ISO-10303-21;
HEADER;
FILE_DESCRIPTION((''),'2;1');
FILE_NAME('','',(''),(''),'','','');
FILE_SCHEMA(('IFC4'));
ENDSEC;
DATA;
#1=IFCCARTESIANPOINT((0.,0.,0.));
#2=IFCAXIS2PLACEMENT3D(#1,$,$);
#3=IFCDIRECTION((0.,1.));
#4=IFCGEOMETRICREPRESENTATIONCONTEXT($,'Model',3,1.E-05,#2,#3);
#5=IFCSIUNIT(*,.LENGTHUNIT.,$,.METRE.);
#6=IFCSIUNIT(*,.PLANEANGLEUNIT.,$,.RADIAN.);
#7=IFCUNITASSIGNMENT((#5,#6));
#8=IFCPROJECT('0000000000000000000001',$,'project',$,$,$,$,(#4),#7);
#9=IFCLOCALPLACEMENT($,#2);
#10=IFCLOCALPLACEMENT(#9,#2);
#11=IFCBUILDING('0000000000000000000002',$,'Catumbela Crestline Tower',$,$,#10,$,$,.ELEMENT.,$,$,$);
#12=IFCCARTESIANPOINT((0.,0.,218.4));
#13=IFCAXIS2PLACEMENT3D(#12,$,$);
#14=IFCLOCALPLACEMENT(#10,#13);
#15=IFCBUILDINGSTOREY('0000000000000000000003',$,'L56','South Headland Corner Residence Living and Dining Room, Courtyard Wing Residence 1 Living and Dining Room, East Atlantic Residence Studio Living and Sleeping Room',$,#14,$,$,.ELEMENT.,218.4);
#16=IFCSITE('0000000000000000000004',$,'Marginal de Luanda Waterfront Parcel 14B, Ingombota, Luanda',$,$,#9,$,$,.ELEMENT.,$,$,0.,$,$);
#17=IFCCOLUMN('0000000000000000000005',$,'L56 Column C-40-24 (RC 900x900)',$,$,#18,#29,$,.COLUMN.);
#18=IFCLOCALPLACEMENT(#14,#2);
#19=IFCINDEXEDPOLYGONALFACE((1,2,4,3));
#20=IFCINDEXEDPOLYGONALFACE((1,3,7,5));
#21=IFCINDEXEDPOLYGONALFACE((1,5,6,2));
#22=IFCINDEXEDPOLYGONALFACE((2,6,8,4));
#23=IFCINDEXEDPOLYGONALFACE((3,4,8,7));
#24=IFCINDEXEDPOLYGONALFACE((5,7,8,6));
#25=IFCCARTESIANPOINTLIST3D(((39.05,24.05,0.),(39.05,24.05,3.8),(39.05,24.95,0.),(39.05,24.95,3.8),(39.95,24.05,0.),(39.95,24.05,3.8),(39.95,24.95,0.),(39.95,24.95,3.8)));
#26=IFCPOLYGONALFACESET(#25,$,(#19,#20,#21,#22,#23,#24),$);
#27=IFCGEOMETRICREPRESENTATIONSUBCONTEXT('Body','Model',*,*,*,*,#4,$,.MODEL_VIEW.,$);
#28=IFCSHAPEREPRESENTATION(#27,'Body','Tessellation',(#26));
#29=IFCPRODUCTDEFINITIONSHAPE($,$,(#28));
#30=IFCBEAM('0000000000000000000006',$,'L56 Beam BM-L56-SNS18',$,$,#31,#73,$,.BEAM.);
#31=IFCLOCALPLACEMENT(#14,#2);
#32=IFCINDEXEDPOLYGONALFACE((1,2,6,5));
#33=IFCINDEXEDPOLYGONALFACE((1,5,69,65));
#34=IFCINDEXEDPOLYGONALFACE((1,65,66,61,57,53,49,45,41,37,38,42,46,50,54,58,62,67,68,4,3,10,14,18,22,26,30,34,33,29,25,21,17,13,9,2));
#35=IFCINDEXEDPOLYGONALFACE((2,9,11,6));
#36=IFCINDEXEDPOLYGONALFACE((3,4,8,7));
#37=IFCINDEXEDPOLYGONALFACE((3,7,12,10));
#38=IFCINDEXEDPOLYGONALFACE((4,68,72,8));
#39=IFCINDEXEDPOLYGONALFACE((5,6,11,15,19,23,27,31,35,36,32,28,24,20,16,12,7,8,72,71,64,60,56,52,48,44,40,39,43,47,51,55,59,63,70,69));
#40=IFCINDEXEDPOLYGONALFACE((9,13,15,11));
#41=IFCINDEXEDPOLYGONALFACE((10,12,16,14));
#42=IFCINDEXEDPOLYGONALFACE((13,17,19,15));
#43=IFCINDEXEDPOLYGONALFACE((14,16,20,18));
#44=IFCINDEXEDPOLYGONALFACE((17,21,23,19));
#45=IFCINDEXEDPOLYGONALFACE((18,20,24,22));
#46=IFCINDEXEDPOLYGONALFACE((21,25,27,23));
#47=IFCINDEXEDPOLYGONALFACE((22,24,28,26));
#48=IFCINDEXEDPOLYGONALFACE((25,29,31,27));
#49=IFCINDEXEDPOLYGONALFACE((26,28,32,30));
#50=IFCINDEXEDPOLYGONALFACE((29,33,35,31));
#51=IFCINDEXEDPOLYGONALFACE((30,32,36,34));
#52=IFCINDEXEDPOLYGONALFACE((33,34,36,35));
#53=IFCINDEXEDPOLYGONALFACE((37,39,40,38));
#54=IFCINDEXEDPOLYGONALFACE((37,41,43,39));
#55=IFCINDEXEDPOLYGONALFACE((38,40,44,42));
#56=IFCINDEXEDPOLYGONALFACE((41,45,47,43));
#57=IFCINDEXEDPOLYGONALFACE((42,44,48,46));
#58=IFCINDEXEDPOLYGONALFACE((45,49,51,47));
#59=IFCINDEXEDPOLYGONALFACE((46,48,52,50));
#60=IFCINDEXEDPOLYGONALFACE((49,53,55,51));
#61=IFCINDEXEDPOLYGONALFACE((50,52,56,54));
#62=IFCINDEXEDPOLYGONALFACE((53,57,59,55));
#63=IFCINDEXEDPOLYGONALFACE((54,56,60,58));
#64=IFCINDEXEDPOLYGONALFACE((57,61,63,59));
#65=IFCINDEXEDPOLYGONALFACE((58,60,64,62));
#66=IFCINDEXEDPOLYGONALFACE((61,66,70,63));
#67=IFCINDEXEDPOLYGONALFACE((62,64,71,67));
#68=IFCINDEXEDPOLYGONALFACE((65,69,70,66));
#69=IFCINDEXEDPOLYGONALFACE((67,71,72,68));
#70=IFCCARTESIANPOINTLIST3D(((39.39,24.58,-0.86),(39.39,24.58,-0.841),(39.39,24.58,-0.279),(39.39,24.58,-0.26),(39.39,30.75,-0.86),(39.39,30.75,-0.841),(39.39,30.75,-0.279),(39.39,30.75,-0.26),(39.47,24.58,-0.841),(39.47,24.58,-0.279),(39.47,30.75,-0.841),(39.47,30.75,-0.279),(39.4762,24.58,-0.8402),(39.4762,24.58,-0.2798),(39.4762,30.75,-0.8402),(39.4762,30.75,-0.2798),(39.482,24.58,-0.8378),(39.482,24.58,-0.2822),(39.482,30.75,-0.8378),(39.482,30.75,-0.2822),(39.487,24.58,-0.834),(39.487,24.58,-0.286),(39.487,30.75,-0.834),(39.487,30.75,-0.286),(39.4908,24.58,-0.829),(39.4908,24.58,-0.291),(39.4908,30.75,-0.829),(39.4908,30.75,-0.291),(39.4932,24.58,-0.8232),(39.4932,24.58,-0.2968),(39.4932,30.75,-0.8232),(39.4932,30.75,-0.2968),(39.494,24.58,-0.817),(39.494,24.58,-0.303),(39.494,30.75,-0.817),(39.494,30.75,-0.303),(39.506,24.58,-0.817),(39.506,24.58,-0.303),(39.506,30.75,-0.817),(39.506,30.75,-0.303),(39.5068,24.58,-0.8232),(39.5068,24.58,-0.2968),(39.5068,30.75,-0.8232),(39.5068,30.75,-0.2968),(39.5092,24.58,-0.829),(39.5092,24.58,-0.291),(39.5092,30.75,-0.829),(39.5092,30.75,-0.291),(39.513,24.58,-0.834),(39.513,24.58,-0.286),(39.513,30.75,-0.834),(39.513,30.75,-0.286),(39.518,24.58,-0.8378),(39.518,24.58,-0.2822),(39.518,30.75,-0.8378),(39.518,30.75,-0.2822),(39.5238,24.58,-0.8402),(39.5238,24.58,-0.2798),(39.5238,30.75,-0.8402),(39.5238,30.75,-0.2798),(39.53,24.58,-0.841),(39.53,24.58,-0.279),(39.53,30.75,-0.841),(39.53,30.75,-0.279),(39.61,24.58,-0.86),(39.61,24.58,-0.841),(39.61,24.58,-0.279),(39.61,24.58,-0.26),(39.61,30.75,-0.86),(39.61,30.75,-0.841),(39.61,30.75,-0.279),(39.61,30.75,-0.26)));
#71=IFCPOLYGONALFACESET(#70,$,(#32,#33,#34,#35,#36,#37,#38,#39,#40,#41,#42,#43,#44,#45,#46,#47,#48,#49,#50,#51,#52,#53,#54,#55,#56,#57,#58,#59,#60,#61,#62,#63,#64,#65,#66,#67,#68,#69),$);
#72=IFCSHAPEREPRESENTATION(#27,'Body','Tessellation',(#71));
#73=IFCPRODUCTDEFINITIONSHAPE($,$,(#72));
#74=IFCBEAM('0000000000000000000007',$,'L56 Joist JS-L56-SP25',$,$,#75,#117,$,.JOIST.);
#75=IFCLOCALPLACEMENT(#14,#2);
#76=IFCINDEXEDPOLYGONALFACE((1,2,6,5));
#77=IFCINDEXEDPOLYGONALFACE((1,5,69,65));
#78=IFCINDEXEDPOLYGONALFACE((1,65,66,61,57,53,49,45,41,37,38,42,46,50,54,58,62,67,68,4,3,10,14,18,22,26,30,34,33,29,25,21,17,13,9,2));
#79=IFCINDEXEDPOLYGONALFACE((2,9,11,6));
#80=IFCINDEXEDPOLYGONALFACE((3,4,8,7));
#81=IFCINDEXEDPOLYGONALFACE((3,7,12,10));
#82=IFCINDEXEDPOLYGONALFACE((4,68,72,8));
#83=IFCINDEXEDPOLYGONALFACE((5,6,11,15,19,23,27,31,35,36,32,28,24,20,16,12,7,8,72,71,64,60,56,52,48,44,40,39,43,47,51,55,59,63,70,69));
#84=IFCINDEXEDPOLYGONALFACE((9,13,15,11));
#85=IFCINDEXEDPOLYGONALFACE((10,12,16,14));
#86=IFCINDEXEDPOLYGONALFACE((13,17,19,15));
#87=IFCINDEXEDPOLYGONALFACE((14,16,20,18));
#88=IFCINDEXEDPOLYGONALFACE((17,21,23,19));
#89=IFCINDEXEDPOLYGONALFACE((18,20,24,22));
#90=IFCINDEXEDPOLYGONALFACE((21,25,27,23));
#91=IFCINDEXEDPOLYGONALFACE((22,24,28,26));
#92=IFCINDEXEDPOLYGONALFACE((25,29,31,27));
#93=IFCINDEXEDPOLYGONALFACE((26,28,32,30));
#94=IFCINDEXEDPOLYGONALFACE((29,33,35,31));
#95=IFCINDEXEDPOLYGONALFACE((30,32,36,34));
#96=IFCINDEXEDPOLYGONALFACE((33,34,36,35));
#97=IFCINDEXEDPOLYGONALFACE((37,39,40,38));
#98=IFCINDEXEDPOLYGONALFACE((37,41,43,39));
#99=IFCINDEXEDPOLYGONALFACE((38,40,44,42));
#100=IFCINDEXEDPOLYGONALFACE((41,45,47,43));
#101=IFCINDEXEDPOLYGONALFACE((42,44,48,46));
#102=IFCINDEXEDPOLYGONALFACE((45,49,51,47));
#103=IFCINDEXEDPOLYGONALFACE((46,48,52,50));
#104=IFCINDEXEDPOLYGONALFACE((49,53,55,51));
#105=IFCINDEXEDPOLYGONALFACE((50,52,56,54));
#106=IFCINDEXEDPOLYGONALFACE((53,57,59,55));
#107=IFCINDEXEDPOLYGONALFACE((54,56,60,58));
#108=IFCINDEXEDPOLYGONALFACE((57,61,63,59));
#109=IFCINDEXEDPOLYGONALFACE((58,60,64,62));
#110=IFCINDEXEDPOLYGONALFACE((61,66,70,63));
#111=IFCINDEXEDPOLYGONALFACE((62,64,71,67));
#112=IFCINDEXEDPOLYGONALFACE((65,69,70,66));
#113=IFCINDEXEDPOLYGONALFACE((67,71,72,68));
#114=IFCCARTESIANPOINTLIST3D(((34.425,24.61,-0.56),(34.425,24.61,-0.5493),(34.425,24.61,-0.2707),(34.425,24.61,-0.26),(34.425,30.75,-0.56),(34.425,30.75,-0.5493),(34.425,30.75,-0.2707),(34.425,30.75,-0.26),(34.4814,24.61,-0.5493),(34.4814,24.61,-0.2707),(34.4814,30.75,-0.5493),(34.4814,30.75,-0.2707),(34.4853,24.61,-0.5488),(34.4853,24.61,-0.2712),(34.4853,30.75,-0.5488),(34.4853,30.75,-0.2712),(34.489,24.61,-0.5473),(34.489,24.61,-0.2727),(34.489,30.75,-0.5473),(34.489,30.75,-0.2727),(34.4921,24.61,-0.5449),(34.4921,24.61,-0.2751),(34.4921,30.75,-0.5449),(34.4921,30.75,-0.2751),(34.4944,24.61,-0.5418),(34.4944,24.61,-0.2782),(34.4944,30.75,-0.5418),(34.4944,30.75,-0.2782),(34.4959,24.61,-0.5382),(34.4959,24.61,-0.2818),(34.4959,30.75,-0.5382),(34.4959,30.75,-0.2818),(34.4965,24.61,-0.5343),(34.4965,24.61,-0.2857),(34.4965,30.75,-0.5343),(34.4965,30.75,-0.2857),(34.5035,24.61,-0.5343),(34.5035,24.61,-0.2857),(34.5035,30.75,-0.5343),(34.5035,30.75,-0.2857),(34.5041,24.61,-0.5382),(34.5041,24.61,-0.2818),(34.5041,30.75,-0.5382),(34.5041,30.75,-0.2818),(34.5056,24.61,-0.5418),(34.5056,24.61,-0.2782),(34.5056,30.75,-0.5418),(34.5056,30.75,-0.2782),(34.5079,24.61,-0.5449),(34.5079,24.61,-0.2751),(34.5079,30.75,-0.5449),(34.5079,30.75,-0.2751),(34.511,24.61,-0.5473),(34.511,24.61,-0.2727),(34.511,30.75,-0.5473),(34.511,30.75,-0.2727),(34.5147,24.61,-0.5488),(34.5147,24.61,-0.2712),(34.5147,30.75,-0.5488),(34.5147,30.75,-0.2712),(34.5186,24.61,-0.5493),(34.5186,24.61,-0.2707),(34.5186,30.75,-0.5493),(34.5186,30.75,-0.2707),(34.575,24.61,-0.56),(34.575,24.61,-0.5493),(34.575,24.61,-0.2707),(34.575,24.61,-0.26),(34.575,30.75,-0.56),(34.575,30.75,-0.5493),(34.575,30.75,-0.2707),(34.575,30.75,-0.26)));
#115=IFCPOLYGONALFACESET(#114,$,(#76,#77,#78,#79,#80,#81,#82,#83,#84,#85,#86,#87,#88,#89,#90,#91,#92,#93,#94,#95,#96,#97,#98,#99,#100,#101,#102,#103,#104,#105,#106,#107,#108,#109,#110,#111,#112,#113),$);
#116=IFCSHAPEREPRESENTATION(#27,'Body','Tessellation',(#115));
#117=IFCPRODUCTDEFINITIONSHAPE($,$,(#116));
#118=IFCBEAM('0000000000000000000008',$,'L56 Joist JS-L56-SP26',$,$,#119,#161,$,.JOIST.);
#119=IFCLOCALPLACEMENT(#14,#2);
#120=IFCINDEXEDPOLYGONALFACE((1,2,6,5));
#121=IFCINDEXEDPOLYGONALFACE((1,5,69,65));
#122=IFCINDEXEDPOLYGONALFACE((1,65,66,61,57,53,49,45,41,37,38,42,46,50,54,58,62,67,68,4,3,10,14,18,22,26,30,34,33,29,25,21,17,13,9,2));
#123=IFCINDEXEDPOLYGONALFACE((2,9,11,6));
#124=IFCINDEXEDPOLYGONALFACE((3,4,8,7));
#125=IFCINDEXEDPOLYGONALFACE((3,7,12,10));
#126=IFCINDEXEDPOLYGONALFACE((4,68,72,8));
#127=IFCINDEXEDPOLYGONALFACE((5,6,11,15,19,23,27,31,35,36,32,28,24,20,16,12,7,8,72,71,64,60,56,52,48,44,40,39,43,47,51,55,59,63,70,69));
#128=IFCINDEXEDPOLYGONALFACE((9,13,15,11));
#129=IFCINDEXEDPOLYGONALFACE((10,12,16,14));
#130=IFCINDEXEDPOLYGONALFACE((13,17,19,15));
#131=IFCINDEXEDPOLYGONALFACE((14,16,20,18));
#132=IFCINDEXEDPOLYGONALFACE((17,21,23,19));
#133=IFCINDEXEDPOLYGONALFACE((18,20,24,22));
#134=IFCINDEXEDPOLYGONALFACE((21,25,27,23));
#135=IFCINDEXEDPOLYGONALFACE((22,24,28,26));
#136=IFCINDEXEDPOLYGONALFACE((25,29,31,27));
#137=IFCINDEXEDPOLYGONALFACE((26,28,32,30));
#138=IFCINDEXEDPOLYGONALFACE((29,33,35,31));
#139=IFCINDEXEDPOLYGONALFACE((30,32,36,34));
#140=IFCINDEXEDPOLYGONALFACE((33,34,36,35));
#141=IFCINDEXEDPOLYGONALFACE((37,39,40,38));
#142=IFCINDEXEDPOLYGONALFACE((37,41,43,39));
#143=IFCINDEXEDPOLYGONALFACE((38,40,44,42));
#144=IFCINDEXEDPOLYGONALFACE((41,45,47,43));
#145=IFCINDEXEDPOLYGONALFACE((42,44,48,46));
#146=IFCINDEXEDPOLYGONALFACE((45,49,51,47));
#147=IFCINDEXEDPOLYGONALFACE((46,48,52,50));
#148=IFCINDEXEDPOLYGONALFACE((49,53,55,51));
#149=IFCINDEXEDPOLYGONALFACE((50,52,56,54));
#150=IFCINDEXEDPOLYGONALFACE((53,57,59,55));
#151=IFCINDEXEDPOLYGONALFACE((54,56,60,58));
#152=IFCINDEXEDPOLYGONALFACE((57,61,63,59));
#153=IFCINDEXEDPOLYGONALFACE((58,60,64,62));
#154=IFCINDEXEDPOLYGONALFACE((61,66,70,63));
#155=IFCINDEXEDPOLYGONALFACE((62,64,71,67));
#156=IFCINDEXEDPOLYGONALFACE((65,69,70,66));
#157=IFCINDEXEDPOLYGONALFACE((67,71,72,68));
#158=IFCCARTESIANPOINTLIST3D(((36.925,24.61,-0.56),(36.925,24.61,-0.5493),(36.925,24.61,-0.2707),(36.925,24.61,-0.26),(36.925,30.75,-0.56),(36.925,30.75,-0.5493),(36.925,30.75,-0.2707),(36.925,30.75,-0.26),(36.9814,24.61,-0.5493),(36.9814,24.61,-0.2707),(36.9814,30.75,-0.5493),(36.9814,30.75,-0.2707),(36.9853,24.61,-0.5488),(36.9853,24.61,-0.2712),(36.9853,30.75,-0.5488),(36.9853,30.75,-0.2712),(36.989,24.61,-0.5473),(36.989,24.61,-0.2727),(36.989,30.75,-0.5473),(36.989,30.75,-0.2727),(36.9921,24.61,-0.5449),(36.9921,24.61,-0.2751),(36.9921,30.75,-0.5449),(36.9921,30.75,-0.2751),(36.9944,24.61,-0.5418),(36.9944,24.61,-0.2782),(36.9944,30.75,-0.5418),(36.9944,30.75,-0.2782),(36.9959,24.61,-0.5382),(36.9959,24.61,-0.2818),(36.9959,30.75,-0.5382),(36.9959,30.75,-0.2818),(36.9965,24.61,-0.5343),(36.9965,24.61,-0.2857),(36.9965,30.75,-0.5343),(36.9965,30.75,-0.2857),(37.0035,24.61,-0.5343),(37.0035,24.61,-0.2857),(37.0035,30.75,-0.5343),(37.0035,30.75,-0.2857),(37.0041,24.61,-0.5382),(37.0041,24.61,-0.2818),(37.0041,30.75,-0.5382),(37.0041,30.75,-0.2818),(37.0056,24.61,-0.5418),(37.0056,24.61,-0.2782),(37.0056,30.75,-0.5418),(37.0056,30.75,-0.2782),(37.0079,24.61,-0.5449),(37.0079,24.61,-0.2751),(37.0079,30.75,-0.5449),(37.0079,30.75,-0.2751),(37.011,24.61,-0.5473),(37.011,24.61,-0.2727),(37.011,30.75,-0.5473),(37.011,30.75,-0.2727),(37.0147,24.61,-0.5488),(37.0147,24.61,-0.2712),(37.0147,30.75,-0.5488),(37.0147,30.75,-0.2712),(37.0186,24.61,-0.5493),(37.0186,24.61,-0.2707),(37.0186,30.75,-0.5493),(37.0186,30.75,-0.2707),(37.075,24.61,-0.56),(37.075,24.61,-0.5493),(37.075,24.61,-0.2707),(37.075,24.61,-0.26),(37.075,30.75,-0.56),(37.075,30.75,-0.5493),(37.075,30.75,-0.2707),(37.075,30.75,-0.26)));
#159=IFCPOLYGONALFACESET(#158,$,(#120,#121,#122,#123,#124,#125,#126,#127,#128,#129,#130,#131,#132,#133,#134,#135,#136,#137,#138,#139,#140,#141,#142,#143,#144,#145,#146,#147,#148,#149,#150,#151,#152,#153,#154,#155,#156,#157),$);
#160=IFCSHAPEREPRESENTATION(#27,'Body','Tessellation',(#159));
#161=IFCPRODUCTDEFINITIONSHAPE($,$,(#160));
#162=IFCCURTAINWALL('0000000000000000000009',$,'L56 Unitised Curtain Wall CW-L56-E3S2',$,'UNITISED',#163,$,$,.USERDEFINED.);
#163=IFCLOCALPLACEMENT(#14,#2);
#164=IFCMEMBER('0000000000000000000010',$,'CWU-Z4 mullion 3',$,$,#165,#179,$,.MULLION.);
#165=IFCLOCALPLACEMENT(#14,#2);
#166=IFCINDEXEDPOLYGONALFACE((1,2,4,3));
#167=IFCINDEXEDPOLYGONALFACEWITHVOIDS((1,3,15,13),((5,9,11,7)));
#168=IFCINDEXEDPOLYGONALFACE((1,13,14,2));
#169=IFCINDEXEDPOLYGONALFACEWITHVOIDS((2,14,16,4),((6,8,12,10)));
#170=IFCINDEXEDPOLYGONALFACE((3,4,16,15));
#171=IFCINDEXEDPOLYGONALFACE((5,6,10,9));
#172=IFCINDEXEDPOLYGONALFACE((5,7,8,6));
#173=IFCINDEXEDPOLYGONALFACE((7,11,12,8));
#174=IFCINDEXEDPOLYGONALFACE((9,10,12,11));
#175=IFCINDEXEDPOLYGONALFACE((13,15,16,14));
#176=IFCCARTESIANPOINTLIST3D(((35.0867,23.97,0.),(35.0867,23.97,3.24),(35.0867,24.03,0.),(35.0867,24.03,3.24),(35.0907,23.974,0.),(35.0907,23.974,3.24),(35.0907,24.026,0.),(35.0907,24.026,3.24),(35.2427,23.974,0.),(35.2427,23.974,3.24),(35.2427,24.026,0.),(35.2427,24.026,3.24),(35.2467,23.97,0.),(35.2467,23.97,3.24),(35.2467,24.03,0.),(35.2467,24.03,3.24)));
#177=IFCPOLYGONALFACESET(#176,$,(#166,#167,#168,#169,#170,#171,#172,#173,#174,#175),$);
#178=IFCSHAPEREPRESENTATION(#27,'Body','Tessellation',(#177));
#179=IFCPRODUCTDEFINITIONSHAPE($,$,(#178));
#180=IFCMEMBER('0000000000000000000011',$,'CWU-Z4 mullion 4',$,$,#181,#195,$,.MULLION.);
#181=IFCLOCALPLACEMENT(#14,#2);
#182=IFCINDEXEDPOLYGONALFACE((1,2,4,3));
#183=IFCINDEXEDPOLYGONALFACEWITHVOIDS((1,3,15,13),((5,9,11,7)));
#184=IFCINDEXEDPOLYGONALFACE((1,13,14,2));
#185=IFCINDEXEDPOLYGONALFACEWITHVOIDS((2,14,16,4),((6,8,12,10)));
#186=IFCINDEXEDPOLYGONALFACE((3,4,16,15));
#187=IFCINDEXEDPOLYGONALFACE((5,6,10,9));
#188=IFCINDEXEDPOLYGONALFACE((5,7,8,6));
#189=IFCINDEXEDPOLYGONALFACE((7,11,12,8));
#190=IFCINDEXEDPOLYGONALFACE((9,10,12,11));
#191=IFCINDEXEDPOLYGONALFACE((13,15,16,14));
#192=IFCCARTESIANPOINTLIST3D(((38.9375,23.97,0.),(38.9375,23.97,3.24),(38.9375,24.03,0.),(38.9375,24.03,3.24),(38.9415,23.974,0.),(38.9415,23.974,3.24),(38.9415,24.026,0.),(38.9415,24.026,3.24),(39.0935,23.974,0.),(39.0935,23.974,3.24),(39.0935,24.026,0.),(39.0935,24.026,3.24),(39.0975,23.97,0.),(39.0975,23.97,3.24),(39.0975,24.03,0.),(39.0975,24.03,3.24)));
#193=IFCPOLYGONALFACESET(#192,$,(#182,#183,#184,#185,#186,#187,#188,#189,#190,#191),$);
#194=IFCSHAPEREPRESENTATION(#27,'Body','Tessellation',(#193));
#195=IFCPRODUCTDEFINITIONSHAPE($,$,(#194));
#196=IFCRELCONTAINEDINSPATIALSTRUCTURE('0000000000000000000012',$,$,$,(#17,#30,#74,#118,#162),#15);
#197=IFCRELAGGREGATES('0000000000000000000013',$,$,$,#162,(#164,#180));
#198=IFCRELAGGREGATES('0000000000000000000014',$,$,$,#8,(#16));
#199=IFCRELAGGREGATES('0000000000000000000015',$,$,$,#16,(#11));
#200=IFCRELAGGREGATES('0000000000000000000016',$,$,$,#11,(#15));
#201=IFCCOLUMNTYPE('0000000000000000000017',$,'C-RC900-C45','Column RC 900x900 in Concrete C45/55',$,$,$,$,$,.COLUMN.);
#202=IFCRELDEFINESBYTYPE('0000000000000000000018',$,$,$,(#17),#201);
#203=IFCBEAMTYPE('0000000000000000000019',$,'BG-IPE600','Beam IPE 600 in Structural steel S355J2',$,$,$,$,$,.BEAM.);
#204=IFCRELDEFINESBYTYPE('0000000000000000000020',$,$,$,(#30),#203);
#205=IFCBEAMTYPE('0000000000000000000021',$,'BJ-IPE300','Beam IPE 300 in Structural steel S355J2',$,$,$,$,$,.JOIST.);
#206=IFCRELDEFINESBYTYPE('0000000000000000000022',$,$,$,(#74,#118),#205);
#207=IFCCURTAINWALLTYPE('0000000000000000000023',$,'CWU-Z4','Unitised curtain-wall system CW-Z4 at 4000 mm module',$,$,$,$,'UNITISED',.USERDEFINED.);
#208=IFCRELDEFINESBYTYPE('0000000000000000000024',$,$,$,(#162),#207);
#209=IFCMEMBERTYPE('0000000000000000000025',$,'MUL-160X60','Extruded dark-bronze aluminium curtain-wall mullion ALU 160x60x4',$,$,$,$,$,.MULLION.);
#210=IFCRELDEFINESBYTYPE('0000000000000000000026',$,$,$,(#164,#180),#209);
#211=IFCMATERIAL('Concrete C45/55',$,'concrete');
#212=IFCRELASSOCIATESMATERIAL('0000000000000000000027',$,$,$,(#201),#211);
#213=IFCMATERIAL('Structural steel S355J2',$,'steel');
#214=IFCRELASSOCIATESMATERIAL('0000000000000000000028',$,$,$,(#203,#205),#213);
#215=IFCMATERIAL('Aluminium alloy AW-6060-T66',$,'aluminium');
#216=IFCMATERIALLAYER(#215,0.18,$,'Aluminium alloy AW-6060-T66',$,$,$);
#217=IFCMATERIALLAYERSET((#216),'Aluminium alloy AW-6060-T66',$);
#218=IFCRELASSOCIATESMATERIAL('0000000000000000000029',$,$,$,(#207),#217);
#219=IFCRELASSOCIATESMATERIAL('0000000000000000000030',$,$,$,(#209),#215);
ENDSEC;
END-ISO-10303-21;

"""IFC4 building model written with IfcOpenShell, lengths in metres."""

from ifc_helpers import new_model, si_unit, direction, frame, origin, origin_2d, place, context, subcontext, project, spatial, rectangle, hollow_rectangle, i_section, extrude, material, layer, layer_set, material_profile, profile_set, type_object, element, aggregate, save


model = new_model("IFC4")

# Units and contexts
model_context = context("Model", 3, precision=1e-05, world=origin(), true_north=direction((0.0, 1.0)))
body_context = subcontext(model_context, "Body", "Model", "MODEL_VIEW")
ifc_project = project(units=[si_unit("LENGTHUNIT", "METRE"), si_unit("PLANEANGLEUNIT", "RADIAN")], contexts=[model_context])

# Site, building, storey
site_placement = place(None, origin())
site = spatial("IfcSite", under=ifc_project, at=site_placement, Name="Marginal de Luanda Waterfront Parcel 14B, Ingombota, Luanda", CompositionType="ELEMENT", RefElevation=0.0)
building_placement = place(site_placement, origin())
building = spatial("IfcBuilding", under=site, at=building_placement, Name="Catumbela Crestline Tower", CompositionType="ELEMENT")
storey_placement = place(building_placement, frame((0.0, 0.0, 218.4)))
storey = spatial("IfcBuildingStorey", under=building, at=storey_placement, Name="L56", Description="South Headland Corner Residence Living and Dining Room, Courtyard Wing Residence 1 Living and Dining Room, East Atlantic Residence Studio Living and Sleeping Room", CompositionType="ELEMENT", Elevation=218.4)

# Column
ifc_material_1 = material(Name="Concrete C45/55", Category="concrete")
ifc_material_profile_1 = material_profile(ifc_material_1, rectangle(XDim=0.9, YDim=0.9, at=origin_2d()), Name="RC 900x900")
ifc_profile_set_1 = profile_set([ifc_material_profile_1], Name="Concrete C45/55")
column_type = type_object("IfcColumnType", Name="C-RC900-C45", Description="Column RC 900x900 in Concrete C45/55", PredefinedType="COLUMN", material=ifc_profile_set_1)
column_placement = place(storey_placement, frame((39.5, 24.5, 0.0), z_axis=(0.0, 0.0, 1.0), x_axis=(1.0, 0.0, 0.0)))
element("IfcColumn", 1, at=column_placement, inside=storey, type_object=column_type, Name="L56 Column C-40-24 (RC 900x900)", PredefinedType="COLUMN", context=body_context, shape_type="SweptSolid", body=[
    extrude(rectangle(XDim=0.9, YDim=0.9, at=origin_2d()), origin(), (0.0, 0.0, 1.0), 3.8),
])

# Beams
ifc_material_2 = material(Name="Structural steel S355J2", Category="steel")
ifc_material_profile_2 = material_profile(ifc_material_2, i_section(OverallWidth=0.22, OverallDepth=0.6, WebThickness=0.012, FlangeThickness=0.019, FilletRadius=0.024, at=origin_2d()), Name="IPE 600")
ifc_profile_set_2 = profile_set([ifc_material_profile_2], Name="Structural steel S355J2")
beam_type_1 = type_object("IfcBeamType", Name="BG-IPE600", Description="Beam IPE 600 in Structural steel S355J2", PredefinedType="BEAM", material=ifc_profile_set_2)
beam_1_placement = place(storey_placement, frame((39.5, 24.58, -0.56), z_axis=(0.0, 1.0, 0.0), x_axis=(-1.0, 0.0, 0.0)))
element("IfcBeam", 2, at=beam_1_placement, inside=storey, type_object=beam_type_1, Name="L56 Beam BM-L56-SNS18", PredefinedType="BEAM", context=body_context, shape_type="SweptSolid", body=[
    extrude(i_section(OverallWidth=0.22, OverallDepth=0.6, WebThickness=0.012, FlangeThickness=0.019, FilletRadius=0.024, at=origin_2d()), origin(), (0.0, 0.0, 1.0), 6.17),
])
ifc_material_profile_3 = material_profile(ifc_material_2, i_section(OverallWidth=0.15, OverallDepth=0.3, WebThickness=0.0071, FlangeThickness=0.0107, FilletRadius=0.015, at=origin_2d()), Name="IPE 300")
ifc_profile_set_3 = profile_set([ifc_material_profile_3], Name="Structural steel S355J2")
beam_type_2 = type_object("IfcBeamType", Name="BJ-IPE300", Description="Beam IPE 300 in Structural steel S355J2", PredefinedType="JOIST", material=ifc_profile_set_3)
for number, where, z_axis, x_axis, name in (
    (3, (34.5, 24.61, -0.41), (0.0, 1.0, 0.0), (-1.0, 0.0, 0.0), "L56 Joist JS-L56-SP25"),
    (4, (37.0, 24.61, -0.41), (0.0, 1.0, 0.0), (-1.0, 0.0, 0.0), "L56 Joist JS-L56-SP26"),
):
    element("IfcBeam", number, at=place(storey_placement, frame(where, z_axis=z_axis, x_axis=x_axis)), inside=storey, type_object=beam_type_2, Name=name, PredefinedType="JOIST", context=body_context, shape_type="SweptSolid", body=[
        extrude(i_section(OverallWidth=0.15, OverallDepth=0.3, WebThickness=0.0071, FlangeThickness=0.0107, FilletRadius=0.015, at=origin_2d()), origin(), (0.0, 0.0, 1.0), 6.14),
    ])

# Curtain wall, members
ifc_material_3 = material(Name="Aluminium alloy AW-6060-T66", Category="aluminium")
ifc_layer_1 = layer(ifc_material_3, 0.18, Name="Aluminium alloy AW-6060-T66")
ifc_layer_set_1 = layer_set([ifc_layer_1], Name="Aluminium alloy AW-6060-T66")
curtain_wall_type = type_object("IfcCurtainWallType", Name="CWU-Z4", Description="Unitised curtain-wall system CW-Z4 at 4000 mm module", ElementType="UNITISED", PredefinedType="USERDEFINED", material=ifc_layer_set_1)
curtain_wall_placement = place(storey_placement, origin())
curtain_wall = element("IfcCurtainWall", 5, at=curtain_wall_placement, inside=storey, type_object=curtain_wall_type, Name="L56 Unitised Curtain Wall CW-L56-E3S2", ObjectType="UNITISED", PredefinedType="USERDEFINED")
ifc_material_profile_4 = material_profile(ifc_material_3, hollow_rectangle(XDim=0.06, YDim=0.16, WallThickness=0.004, at=origin_2d()), Name="ALU 160x60x4")
ifc_profile_set_4 = profile_set([ifc_material_profile_4], Name="Aluminium alloy AW-6060-T66")
member_type_1 = type_object("IfcMemberType", Name="MUL-160X60", Description="Extruded dark-bronze aluminium curtain-wall mullion ALU 160x60x4", PredefinedType="MULLION", material=ifc_profile_set_4)
member_1_placement = place(storey_placement, frame((35.1667, 24.0, 0.0), z_axis=(0.0, 0.0, 1.0), x_axis=(0.0, 1.0, 0.0)))
member_1 = element("IfcMember", 6, at=member_1_placement, type_object=member_type_1, Name="CWU-Z4 mullion 3", PredefinedType="MULLION", context=body_context, shape_type="SweptSolid", body=[
    extrude(hollow_rectangle(XDim=0.06, YDim=0.16, WallThickness=0.004, at=origin_2d()), origin(), (0.0, 0.0, 1.0), 3.24),
])
member_2_placement = place(storey_placement, frame((39.0175, 24.0, 0.0), z_axis=(0.0, 0.0, 1.0), x_axis=(0.0, 1.0, 0.0)))
member_2 = element("IfcMember", 7, at=member_2_placement, type_object=member_type_1, Name="CWU-Z4 mullion 4", PredefinedType="MULLION", context=body_context, shape_type="SweptSolid", body=[
    extrude(hollow_rectangle(XDim=0.06, YDim=0.16, WallThickness=0.004, at=origin_2d()), origin(), (0.0, 0.0, 1.0), 3.24),
])

aggregate(curtain_wall, [member_1, member_2])

save(model, "model.ifc")
